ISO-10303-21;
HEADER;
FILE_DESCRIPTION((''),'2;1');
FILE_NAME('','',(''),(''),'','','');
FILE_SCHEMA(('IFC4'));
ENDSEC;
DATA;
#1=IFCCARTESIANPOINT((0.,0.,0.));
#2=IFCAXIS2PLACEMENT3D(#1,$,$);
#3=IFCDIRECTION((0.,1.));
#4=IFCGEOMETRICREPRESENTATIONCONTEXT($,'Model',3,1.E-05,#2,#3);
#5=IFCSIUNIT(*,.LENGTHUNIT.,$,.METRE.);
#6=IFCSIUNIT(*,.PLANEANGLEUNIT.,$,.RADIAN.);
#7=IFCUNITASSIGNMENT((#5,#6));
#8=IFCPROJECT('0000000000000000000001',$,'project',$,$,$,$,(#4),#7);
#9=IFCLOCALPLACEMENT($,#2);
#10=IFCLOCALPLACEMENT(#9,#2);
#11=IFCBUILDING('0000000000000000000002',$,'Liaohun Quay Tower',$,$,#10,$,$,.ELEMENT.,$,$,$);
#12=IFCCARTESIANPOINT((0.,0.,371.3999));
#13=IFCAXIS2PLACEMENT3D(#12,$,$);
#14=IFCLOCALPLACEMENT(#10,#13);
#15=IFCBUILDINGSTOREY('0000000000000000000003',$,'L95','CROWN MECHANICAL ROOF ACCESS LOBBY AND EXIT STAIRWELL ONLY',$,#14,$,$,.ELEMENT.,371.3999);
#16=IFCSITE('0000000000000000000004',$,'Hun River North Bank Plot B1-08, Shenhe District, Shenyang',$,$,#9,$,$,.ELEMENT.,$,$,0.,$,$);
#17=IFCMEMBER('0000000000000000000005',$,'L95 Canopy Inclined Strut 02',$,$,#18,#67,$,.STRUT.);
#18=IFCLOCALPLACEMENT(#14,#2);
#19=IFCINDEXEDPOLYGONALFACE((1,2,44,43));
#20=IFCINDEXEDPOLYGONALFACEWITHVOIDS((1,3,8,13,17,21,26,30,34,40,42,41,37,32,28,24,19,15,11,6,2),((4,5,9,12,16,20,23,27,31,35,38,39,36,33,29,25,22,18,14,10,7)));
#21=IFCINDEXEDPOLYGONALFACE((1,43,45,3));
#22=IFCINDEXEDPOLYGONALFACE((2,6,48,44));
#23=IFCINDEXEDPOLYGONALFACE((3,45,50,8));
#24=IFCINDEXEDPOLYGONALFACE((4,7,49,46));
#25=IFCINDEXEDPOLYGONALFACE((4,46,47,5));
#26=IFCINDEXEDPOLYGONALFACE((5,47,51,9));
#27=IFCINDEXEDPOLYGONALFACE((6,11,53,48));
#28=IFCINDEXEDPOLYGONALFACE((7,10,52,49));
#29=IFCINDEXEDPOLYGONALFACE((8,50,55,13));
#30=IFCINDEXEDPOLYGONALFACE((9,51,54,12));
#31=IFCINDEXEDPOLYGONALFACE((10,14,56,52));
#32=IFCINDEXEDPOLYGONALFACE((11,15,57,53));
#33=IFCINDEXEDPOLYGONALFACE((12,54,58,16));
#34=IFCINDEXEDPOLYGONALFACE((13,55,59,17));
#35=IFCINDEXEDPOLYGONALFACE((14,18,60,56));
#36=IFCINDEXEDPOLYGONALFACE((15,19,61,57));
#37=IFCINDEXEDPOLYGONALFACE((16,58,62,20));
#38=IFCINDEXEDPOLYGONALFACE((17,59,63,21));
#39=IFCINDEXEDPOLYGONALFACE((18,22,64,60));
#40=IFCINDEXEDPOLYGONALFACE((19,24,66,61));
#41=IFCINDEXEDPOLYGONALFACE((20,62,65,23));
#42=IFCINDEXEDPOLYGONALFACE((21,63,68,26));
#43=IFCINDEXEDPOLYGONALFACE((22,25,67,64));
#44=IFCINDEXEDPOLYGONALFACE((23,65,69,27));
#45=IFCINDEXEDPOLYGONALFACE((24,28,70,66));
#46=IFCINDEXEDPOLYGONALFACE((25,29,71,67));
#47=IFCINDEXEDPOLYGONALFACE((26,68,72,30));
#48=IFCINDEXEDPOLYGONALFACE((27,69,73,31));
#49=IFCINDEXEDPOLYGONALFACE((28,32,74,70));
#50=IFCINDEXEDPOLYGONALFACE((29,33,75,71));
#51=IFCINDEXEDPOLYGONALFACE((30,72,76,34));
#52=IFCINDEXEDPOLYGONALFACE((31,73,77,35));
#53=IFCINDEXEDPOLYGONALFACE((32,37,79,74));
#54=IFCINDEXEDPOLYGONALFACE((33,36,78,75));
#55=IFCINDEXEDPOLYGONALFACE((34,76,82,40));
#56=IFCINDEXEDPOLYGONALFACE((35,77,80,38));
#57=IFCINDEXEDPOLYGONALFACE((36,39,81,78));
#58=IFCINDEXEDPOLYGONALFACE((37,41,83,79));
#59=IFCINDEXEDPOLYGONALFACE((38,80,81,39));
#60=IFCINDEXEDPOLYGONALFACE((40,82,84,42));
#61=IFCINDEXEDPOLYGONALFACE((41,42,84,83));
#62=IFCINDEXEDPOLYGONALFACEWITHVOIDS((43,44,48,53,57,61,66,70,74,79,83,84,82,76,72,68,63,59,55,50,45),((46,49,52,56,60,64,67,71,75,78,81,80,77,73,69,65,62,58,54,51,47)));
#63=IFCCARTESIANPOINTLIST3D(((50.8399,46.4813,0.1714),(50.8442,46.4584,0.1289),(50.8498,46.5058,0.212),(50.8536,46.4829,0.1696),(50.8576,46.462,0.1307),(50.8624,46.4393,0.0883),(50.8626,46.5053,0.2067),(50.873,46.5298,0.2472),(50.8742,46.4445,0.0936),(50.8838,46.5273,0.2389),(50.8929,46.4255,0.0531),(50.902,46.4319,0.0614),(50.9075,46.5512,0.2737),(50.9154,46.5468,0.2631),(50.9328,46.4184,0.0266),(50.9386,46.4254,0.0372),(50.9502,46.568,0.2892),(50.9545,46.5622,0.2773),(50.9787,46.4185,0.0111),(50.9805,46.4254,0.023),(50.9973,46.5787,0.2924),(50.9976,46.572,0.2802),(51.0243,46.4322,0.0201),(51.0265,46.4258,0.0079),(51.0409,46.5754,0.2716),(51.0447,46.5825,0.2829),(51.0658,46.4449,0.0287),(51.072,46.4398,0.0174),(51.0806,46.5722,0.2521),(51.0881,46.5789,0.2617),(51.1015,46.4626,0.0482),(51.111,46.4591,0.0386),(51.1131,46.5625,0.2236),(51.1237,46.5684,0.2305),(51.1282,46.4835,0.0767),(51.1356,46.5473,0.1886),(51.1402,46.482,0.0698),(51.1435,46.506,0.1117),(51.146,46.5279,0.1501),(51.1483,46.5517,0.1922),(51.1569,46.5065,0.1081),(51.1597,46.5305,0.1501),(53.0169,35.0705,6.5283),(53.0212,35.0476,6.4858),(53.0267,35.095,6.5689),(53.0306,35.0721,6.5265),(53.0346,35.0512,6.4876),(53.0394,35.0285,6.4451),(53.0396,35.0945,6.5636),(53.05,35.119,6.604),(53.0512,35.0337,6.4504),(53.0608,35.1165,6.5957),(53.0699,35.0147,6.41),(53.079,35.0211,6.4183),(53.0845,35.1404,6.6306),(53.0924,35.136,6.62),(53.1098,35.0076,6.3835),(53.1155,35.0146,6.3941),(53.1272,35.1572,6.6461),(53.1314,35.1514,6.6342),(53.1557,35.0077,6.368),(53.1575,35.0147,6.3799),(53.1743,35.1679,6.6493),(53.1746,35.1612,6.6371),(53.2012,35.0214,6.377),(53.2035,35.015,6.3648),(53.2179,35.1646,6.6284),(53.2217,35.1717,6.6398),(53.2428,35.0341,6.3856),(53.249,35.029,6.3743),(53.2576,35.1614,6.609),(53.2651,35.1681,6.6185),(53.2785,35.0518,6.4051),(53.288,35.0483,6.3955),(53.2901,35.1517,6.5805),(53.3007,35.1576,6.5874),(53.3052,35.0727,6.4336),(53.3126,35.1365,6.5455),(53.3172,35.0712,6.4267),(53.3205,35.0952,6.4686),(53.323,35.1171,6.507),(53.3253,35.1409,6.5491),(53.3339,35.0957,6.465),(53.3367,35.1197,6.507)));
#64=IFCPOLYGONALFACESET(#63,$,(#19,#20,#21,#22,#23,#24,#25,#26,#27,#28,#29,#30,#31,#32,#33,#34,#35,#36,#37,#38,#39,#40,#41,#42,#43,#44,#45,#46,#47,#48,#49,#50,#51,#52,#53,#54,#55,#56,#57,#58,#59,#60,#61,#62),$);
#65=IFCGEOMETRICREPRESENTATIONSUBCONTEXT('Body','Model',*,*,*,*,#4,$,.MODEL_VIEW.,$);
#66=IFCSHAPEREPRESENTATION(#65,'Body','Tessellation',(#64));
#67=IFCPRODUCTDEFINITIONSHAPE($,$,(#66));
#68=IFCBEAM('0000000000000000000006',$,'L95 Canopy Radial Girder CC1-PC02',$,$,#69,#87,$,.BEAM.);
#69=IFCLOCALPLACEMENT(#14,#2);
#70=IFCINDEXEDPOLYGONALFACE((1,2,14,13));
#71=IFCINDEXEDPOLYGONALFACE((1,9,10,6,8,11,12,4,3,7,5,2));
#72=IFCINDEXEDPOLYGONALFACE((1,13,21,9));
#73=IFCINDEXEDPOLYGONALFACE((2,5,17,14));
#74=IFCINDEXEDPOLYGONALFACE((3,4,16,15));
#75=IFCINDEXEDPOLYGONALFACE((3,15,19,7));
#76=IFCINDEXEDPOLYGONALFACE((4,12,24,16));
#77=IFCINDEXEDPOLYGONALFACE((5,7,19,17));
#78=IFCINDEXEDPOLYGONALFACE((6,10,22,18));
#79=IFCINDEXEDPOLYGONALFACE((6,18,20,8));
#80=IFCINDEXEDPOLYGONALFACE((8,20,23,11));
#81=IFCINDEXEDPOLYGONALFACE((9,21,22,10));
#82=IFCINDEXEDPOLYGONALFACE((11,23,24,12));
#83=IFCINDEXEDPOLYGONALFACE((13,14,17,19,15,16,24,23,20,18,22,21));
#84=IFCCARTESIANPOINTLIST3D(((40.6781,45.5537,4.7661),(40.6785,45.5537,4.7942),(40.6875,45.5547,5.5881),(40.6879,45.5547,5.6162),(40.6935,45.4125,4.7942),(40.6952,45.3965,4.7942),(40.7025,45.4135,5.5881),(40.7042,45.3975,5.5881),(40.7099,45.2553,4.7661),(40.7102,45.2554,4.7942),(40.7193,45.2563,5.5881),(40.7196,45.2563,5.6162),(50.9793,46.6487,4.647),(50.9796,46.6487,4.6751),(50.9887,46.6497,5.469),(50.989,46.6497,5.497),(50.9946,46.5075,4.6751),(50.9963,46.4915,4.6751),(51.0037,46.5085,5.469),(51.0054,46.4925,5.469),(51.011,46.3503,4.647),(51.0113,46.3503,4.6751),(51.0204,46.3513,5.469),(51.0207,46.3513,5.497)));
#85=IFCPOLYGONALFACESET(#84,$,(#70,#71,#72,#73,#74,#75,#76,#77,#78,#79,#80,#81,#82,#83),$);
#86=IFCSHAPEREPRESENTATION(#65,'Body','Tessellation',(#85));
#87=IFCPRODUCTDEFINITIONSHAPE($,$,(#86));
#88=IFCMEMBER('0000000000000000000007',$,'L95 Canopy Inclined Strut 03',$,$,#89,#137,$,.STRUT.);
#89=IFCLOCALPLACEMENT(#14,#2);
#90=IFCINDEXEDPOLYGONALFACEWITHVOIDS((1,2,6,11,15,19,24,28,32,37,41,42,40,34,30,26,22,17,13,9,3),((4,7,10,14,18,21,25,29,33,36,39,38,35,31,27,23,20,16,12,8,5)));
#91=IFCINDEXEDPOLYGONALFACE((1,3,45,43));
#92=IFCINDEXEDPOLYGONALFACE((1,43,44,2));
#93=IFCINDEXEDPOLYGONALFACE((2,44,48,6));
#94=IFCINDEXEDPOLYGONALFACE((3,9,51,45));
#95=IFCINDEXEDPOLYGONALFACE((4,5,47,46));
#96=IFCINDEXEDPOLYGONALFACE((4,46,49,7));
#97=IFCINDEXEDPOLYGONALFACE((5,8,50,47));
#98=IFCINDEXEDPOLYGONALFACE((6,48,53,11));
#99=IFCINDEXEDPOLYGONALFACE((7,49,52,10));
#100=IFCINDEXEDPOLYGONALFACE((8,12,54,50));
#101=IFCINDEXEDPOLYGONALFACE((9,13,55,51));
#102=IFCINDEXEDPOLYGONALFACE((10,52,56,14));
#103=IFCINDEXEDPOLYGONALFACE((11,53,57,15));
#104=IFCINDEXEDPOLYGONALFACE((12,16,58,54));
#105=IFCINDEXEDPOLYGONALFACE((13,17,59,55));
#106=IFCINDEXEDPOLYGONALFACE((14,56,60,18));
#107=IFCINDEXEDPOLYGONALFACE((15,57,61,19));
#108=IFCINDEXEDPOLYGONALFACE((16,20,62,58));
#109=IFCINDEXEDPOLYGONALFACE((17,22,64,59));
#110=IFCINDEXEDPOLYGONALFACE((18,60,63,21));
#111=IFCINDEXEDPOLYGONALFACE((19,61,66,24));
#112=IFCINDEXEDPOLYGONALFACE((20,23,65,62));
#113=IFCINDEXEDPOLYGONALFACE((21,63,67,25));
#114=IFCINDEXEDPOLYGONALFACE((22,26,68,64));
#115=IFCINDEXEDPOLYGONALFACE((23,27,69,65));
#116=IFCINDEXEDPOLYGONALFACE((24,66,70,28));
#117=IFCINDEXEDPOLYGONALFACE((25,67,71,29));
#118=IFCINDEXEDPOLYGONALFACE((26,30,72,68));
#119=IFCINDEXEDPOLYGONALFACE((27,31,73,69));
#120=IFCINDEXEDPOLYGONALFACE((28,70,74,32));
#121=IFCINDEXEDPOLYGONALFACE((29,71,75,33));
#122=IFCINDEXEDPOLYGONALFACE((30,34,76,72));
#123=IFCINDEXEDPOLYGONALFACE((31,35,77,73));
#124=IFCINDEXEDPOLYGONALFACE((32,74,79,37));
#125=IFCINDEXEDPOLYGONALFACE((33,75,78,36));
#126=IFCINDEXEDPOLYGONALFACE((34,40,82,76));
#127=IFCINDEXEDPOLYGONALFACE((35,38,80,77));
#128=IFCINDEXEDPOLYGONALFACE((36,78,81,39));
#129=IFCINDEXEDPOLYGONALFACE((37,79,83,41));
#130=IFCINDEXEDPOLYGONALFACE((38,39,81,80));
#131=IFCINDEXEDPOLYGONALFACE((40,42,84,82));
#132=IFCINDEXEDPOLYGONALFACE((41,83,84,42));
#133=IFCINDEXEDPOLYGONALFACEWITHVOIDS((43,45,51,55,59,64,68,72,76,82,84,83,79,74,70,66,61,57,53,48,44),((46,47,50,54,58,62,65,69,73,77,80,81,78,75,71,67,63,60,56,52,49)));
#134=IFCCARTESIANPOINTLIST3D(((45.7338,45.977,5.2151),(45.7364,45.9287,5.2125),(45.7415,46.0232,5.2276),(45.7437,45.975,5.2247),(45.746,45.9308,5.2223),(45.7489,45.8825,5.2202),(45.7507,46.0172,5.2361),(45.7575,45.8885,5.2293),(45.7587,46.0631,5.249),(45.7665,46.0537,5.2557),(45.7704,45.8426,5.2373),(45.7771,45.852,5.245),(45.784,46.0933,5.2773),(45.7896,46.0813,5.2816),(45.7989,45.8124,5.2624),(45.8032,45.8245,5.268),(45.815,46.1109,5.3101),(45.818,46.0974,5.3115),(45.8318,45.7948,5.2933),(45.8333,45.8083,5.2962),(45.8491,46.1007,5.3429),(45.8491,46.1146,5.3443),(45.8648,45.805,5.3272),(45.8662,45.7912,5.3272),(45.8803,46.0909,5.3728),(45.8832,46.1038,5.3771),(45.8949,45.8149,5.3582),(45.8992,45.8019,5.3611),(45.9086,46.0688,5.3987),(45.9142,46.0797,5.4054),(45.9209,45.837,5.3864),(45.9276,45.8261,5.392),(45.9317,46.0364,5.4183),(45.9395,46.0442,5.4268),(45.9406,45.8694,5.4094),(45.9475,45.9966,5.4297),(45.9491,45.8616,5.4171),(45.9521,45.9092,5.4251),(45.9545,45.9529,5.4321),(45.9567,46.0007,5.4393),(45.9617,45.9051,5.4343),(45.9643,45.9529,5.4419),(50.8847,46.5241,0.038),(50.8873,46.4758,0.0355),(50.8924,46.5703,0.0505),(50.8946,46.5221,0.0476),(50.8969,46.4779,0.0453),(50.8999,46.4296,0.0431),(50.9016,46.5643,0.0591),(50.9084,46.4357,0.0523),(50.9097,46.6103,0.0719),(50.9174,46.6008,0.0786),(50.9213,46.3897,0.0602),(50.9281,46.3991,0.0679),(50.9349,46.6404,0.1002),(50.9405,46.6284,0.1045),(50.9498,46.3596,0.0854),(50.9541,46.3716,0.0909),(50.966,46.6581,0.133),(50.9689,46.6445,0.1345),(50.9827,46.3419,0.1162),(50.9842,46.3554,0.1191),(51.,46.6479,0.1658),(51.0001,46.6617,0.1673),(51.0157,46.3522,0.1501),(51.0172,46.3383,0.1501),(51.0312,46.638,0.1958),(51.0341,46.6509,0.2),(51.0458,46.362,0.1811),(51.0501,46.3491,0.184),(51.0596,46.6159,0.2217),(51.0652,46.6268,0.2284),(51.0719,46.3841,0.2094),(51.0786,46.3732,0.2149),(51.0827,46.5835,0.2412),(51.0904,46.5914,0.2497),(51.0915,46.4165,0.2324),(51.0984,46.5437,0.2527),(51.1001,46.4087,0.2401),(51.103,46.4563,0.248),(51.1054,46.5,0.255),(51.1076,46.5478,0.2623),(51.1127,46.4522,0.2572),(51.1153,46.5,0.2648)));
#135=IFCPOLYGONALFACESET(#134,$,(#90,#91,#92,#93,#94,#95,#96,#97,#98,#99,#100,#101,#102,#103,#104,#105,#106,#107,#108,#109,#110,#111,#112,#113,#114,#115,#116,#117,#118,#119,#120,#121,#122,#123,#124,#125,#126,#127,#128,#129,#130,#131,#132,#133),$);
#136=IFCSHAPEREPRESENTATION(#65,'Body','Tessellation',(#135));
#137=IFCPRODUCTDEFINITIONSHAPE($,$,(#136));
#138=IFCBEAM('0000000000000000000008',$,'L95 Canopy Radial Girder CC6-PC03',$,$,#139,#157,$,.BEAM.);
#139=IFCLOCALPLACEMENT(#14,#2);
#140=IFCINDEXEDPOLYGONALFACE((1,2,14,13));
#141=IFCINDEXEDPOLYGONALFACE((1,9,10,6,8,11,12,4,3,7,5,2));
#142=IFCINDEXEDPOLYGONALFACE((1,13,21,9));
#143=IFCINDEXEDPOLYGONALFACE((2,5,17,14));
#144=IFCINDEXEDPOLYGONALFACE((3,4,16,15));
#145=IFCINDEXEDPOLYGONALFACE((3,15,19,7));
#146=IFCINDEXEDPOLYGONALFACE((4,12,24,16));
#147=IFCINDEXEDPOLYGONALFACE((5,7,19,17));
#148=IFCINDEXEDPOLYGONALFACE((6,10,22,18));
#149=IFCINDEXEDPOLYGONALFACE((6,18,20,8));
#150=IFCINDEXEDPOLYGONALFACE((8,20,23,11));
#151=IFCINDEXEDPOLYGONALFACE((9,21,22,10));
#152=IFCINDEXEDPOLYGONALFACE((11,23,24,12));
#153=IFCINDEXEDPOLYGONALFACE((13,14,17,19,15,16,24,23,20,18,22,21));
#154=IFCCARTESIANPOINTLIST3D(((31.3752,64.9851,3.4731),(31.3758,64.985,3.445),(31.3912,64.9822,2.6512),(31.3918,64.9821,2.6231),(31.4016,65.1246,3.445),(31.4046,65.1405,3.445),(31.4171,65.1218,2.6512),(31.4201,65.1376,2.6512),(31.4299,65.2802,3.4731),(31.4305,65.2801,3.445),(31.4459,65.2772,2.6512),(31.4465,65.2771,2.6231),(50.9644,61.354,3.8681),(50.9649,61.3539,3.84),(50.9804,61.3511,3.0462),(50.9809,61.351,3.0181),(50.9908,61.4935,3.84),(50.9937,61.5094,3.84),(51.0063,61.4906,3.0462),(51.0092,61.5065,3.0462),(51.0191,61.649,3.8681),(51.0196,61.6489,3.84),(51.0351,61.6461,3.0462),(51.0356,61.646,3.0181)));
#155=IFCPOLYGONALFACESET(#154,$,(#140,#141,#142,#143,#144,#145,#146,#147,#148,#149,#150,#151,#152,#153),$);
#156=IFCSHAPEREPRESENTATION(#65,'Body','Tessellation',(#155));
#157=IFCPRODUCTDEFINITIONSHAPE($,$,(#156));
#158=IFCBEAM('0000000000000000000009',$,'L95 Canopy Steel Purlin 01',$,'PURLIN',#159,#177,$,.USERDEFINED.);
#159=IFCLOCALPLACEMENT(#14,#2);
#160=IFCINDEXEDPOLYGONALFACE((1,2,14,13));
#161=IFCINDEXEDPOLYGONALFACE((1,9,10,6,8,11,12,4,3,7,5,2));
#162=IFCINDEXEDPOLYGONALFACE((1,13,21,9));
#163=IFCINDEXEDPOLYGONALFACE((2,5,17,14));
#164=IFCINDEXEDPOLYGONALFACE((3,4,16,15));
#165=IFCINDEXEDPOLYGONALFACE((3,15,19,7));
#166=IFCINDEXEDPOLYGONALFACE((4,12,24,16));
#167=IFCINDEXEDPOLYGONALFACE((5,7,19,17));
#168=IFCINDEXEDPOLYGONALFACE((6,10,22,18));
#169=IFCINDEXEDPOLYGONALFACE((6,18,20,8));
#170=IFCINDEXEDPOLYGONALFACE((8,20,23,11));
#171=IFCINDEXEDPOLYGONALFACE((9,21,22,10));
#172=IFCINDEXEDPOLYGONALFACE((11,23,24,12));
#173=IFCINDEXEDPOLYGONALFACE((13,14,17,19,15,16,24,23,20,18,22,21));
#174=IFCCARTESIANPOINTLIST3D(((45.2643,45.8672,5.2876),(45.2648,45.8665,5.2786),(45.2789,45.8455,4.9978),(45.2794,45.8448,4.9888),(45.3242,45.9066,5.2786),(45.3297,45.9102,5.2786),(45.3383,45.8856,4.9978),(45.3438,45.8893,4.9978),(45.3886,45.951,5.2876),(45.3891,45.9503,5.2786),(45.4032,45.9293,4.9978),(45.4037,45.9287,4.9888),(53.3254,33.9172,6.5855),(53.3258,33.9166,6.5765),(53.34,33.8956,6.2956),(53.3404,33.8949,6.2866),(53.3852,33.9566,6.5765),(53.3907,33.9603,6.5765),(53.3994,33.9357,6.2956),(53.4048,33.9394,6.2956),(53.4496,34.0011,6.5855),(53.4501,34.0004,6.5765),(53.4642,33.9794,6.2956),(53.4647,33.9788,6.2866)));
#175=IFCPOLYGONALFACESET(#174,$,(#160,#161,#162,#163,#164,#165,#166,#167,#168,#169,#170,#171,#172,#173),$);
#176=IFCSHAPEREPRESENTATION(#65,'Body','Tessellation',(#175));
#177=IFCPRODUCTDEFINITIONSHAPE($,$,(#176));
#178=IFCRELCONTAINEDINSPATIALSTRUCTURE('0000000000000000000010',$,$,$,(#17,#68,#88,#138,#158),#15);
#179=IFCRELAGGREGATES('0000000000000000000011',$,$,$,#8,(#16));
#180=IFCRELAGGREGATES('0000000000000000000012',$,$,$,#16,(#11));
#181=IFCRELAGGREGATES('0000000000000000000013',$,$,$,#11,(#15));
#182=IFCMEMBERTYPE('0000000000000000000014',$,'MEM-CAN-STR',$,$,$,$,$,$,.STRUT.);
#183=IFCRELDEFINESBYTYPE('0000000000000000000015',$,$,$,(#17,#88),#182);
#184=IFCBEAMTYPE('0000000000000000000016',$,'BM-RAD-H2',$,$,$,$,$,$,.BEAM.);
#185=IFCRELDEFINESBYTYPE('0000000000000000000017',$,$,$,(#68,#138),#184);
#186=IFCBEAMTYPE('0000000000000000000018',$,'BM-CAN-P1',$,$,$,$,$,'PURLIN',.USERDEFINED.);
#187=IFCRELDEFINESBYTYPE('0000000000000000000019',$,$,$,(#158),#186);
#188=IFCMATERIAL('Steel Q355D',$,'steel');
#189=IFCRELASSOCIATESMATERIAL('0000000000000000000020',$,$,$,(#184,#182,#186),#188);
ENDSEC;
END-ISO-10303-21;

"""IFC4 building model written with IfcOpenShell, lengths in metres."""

from ifc_helpers import new_model, si_unit, direction, frame, origin, origin_2d, place, context, subcontext, project, spatial, hollow_circle, i_section, extrude, source, transform, mapped, material, material_profile, profile_set, type_object, element, save


model = new_model("IFC4")

# Units and contexts
model_context = context("Model", 3, precision=1e-05, world=origin(), true_north=direction((0.0, 1.0)))
body_context = subcontext(model_context, "Body", "Model", "MODEL_VIEW")
ifc_project = project(units=[si_unit("LENGTHUNIT", "METRE"), si_unit("PLANEANGLEUNIT", "RADIAN")], contexts=[model_context])

# Site, building, storey
site_placement = place(None, origin())
site = spatial("IfcSite", under=ifc_project, at=site_placement, Name="Hun River North Bank Plot B1-08, Shenhe District, Shenyang", CompositionType="ELEMENT", RefElevation=0.0)
building_placement = place(site_placement, origin())
building = spatial("IfcBuilding", under=site, at=building_placement, Name="Liaohun Quay Tower", CompositionType="ELEMENT")
storey_placement = place(building_placement, frame((0.0, 0.0, 371.3999)))
storey = spatial("IfcBuildingStorey", under=building, at=storey_placement, Name="L95", Description="CROWN MECHANICAL ROOF ACCESS LOBBY AND EXIT STAIRWELL ONLY", CompositionType="ELEMENT", Elevation=371.3999)

# Shared definitions
ifc_material_1 = material(Name="Steel Q355D", Category="steel")

# Shared definitions
ifc_material_profile_1 = material_profile(ifc_material_1, i_section(OverallWidth=0.3, OverallDepth=0.8501, WebThickness=0.0161, FlangeThickness=0.0281, at=origin_2d()), Name="HN850x300x16x28")
ifc_profile_set_1 = profile_set([ifc_material_profile_1], Name="Steel Q355D")
beam_type_1 = type_object("IfcBeamType", Name="BM-RAD-H2", PredefinedType="BEAM", material=ifc_profile_set_1)

# Member
ifc_material_profile_2 = material_profile(ifc_material_1, hollow_circle(Radius=0.1626, WallThickness=0.0139, at=origin_2d()), Name="CHS325x14")
ifc_profile_set_2 = profile_set([ifc_material_profile_2], Name="Steel Q355D")
member_type_1 = type_object("IfcMemberType", Name="MEM-CAN-STR", PredefinedType="STRUT", material=ifc_profile_set_2)
shared_shape_1 = source(origin(), body_context, "Body", "SweptSolid", [
    extrude(hollow_circle(Radius=0.1626, WallThickness=0.0139, at=origin_2d()), origin(), (0.0, 0.0, 1.0), 13.2422),
])
member_1_placement = place(storey_placement, frame((51.0, 46.5, 0.1501), z_axis=(0.164398, -0.8617, 0.480048), x_axis=(0.982283, 0.187403, 0.0)))
element("IfcMember", 1, at=member_1_placement, inside=storey, type_object=member_type_1, Name="L95 Canopy Inclined Strut 02", PredefinedType="STRUT", context=body_context, shape_type="MappedRepresentation", body=[
    mapped(shared_shape_1, transform((0.0, 0.0, 0.0), x_axis=(1.0, 0.0, 0.0), y_axis=(0.0, 1.0, 0.0), z_axis=(0.0, 0.0, 1.0), scale=1.0)),
])

# Beam
shared_shape_2 = source(origin(), body_context, "Body", "SweptSolid", [
    extrude(i_section(OverallWidth=0.3, OverallDepth=0.8501, WebThickness=0.0161, FlangeThickness=0.0281, at=origin_2d()), origin(), (0.0, 0.0, 1.0), 10.3599),
])
beam_1_placement = place(storey_placement, frame((51.0, 46.5, 5.072), z_axis=(-0.994332, -0.105695, 0.0115), x_axis=(0.105702, -0.994398, 0.0)))
element("IfcBeam", 2, at=beam_1_placement, inside=storey, type_object=beam_type_1, Name="L95 Canopy Radial Girder CC1-PC02", PredefinedType="BEAM", context=body_context, shape_type="MappedRepresentation", body=[
    mapped(shared_shape_2, transform((0.0, 0.0, 0.0), x_axis=(1.0, 0.0, 0.0), y_axis=(0.0, 1.0, 0.0), z_axis=(0.0, 0.0, 1.0), scale=1.0)),
])

# Member
shared_shape_3 = source(origin(), body_context, "Body", "SweptSolid", [
    extrude(hollow_circle(Radius=0.1626, WallThickness=0.0139, at=origin_2d()), origin(), (0.0, 0.0, 1.0), 7.3235),
])
member_2_placement = place(storey_placement, frame((51.0, 46.5, 0.1501), z_axis=(-0.703345, -0.074708, 0.706912), x_axis=(0.105624, -0.994406, 0.0)))
element("IfcMember", 3, at=member_2_placement, inside=storey, type_object=member_type_1, Name="L95 Canopy Inclined Strut 03", PredefinedType="STRUT", context=body_context, shape_type="MappedRepresentation", body=[
    mapped(shared_shape_3, transform((0.0, 0.0, 0.0), x_axis=(1.0, 0.0, 0.0), y_axis=(0.0, 1.0, 0.0), z_axis=(0.0, 0.0, 1.0), scale=1.0)),
])

# Beams
shared_shape_4 = source(origin(), body_context, "Body", "SweptSolid", [
    extrude(i_section(OverallWidth=0.3, OverallDepth=0.8501, WebThickness=0.0161, FlangeThickness=0.0281, at=origin_2d()), origin(), (0.0, 0.0, 1.0), 19.9268),
])
beam_2_placement = place(storey_placement, frame((51.0, 61.5, 3.4431), z_axis=(-0.983057, 0.182223, -0.019824), x_axis=(-0.182259, -0.983251, 0.0)))
element("IfcBeam", 4, at=beam_2_placement, inside=storey, type_object=beam_type_1, Name="L95 Canopy Radial Girder CC6-PC03", PredefinedType="BEAM", context=body_context, shape_type="MappedRepresentation", body=[
    mapped(shared_shape_4, transform((0.0, 0.0, 0.0), x_axis=(1.0, 0.0, 0.0), y_axis=(0.0, 1.0, 0.0), z_axis=(0.0, 0.0, 1.0), scale=1.0)),
])
ifc_material_profile_3 = material_profile(ifc_material_1, i_section(OverallWidth=0.1499, OverallDepth=0.3, WebThickness=0.0066, FlangeThickness=0.009, at=origin_2d()), Name="HN300x150x6.5x9")
ifc_profile_set_3 = profile_set([ifc_material_profile_3], Name="Steel Q355D")
beam_type_2 = type_object("IfcBeamType", Name="BM-CAN-P1", ElementType="PURLIN", PredefinedType="USERDEFINED", material=ifc_profile_set_3)
shared_shape_5 = source(origin(), body_context, "Body", "SweptSolid", [
    extrude(i_section(OverallWidth=0.1499, OverallDepth=0.3, WebThickness=0.0066, FlangeThickness=0.009, at=origin_2d()), origin(), (0.0, 0.0, 1.0), 14.4729),
])
beam_3_placement = place(storey_placement, frame((53.395, 33.948, 6.436), z_axis=(-0.556973, 0.825675, -0.089674), x_axis=(-0.829015, -0.559226, 0.0)))
element("IfcBeam", 5, at=beam_3_placement, inside=storey, type_object=beam_type_2, Name="L95 Canopy Steel Purlin 01", ObjectType="PURLIN", PredefinedType="USERDEFINED", context=body_context, shape_type="MappedRepresentation", body=[
    mapped(shared_shape_5, transform((0.0, 0.0, 0.0), x_axis=(1.0, 0.0, 0.0), y_axis=(0.0, 1.0, 0.0), z_axis=(0.0, 0.0, 1.0), scale=1.0)),
])

save(model, "model.ifc")
